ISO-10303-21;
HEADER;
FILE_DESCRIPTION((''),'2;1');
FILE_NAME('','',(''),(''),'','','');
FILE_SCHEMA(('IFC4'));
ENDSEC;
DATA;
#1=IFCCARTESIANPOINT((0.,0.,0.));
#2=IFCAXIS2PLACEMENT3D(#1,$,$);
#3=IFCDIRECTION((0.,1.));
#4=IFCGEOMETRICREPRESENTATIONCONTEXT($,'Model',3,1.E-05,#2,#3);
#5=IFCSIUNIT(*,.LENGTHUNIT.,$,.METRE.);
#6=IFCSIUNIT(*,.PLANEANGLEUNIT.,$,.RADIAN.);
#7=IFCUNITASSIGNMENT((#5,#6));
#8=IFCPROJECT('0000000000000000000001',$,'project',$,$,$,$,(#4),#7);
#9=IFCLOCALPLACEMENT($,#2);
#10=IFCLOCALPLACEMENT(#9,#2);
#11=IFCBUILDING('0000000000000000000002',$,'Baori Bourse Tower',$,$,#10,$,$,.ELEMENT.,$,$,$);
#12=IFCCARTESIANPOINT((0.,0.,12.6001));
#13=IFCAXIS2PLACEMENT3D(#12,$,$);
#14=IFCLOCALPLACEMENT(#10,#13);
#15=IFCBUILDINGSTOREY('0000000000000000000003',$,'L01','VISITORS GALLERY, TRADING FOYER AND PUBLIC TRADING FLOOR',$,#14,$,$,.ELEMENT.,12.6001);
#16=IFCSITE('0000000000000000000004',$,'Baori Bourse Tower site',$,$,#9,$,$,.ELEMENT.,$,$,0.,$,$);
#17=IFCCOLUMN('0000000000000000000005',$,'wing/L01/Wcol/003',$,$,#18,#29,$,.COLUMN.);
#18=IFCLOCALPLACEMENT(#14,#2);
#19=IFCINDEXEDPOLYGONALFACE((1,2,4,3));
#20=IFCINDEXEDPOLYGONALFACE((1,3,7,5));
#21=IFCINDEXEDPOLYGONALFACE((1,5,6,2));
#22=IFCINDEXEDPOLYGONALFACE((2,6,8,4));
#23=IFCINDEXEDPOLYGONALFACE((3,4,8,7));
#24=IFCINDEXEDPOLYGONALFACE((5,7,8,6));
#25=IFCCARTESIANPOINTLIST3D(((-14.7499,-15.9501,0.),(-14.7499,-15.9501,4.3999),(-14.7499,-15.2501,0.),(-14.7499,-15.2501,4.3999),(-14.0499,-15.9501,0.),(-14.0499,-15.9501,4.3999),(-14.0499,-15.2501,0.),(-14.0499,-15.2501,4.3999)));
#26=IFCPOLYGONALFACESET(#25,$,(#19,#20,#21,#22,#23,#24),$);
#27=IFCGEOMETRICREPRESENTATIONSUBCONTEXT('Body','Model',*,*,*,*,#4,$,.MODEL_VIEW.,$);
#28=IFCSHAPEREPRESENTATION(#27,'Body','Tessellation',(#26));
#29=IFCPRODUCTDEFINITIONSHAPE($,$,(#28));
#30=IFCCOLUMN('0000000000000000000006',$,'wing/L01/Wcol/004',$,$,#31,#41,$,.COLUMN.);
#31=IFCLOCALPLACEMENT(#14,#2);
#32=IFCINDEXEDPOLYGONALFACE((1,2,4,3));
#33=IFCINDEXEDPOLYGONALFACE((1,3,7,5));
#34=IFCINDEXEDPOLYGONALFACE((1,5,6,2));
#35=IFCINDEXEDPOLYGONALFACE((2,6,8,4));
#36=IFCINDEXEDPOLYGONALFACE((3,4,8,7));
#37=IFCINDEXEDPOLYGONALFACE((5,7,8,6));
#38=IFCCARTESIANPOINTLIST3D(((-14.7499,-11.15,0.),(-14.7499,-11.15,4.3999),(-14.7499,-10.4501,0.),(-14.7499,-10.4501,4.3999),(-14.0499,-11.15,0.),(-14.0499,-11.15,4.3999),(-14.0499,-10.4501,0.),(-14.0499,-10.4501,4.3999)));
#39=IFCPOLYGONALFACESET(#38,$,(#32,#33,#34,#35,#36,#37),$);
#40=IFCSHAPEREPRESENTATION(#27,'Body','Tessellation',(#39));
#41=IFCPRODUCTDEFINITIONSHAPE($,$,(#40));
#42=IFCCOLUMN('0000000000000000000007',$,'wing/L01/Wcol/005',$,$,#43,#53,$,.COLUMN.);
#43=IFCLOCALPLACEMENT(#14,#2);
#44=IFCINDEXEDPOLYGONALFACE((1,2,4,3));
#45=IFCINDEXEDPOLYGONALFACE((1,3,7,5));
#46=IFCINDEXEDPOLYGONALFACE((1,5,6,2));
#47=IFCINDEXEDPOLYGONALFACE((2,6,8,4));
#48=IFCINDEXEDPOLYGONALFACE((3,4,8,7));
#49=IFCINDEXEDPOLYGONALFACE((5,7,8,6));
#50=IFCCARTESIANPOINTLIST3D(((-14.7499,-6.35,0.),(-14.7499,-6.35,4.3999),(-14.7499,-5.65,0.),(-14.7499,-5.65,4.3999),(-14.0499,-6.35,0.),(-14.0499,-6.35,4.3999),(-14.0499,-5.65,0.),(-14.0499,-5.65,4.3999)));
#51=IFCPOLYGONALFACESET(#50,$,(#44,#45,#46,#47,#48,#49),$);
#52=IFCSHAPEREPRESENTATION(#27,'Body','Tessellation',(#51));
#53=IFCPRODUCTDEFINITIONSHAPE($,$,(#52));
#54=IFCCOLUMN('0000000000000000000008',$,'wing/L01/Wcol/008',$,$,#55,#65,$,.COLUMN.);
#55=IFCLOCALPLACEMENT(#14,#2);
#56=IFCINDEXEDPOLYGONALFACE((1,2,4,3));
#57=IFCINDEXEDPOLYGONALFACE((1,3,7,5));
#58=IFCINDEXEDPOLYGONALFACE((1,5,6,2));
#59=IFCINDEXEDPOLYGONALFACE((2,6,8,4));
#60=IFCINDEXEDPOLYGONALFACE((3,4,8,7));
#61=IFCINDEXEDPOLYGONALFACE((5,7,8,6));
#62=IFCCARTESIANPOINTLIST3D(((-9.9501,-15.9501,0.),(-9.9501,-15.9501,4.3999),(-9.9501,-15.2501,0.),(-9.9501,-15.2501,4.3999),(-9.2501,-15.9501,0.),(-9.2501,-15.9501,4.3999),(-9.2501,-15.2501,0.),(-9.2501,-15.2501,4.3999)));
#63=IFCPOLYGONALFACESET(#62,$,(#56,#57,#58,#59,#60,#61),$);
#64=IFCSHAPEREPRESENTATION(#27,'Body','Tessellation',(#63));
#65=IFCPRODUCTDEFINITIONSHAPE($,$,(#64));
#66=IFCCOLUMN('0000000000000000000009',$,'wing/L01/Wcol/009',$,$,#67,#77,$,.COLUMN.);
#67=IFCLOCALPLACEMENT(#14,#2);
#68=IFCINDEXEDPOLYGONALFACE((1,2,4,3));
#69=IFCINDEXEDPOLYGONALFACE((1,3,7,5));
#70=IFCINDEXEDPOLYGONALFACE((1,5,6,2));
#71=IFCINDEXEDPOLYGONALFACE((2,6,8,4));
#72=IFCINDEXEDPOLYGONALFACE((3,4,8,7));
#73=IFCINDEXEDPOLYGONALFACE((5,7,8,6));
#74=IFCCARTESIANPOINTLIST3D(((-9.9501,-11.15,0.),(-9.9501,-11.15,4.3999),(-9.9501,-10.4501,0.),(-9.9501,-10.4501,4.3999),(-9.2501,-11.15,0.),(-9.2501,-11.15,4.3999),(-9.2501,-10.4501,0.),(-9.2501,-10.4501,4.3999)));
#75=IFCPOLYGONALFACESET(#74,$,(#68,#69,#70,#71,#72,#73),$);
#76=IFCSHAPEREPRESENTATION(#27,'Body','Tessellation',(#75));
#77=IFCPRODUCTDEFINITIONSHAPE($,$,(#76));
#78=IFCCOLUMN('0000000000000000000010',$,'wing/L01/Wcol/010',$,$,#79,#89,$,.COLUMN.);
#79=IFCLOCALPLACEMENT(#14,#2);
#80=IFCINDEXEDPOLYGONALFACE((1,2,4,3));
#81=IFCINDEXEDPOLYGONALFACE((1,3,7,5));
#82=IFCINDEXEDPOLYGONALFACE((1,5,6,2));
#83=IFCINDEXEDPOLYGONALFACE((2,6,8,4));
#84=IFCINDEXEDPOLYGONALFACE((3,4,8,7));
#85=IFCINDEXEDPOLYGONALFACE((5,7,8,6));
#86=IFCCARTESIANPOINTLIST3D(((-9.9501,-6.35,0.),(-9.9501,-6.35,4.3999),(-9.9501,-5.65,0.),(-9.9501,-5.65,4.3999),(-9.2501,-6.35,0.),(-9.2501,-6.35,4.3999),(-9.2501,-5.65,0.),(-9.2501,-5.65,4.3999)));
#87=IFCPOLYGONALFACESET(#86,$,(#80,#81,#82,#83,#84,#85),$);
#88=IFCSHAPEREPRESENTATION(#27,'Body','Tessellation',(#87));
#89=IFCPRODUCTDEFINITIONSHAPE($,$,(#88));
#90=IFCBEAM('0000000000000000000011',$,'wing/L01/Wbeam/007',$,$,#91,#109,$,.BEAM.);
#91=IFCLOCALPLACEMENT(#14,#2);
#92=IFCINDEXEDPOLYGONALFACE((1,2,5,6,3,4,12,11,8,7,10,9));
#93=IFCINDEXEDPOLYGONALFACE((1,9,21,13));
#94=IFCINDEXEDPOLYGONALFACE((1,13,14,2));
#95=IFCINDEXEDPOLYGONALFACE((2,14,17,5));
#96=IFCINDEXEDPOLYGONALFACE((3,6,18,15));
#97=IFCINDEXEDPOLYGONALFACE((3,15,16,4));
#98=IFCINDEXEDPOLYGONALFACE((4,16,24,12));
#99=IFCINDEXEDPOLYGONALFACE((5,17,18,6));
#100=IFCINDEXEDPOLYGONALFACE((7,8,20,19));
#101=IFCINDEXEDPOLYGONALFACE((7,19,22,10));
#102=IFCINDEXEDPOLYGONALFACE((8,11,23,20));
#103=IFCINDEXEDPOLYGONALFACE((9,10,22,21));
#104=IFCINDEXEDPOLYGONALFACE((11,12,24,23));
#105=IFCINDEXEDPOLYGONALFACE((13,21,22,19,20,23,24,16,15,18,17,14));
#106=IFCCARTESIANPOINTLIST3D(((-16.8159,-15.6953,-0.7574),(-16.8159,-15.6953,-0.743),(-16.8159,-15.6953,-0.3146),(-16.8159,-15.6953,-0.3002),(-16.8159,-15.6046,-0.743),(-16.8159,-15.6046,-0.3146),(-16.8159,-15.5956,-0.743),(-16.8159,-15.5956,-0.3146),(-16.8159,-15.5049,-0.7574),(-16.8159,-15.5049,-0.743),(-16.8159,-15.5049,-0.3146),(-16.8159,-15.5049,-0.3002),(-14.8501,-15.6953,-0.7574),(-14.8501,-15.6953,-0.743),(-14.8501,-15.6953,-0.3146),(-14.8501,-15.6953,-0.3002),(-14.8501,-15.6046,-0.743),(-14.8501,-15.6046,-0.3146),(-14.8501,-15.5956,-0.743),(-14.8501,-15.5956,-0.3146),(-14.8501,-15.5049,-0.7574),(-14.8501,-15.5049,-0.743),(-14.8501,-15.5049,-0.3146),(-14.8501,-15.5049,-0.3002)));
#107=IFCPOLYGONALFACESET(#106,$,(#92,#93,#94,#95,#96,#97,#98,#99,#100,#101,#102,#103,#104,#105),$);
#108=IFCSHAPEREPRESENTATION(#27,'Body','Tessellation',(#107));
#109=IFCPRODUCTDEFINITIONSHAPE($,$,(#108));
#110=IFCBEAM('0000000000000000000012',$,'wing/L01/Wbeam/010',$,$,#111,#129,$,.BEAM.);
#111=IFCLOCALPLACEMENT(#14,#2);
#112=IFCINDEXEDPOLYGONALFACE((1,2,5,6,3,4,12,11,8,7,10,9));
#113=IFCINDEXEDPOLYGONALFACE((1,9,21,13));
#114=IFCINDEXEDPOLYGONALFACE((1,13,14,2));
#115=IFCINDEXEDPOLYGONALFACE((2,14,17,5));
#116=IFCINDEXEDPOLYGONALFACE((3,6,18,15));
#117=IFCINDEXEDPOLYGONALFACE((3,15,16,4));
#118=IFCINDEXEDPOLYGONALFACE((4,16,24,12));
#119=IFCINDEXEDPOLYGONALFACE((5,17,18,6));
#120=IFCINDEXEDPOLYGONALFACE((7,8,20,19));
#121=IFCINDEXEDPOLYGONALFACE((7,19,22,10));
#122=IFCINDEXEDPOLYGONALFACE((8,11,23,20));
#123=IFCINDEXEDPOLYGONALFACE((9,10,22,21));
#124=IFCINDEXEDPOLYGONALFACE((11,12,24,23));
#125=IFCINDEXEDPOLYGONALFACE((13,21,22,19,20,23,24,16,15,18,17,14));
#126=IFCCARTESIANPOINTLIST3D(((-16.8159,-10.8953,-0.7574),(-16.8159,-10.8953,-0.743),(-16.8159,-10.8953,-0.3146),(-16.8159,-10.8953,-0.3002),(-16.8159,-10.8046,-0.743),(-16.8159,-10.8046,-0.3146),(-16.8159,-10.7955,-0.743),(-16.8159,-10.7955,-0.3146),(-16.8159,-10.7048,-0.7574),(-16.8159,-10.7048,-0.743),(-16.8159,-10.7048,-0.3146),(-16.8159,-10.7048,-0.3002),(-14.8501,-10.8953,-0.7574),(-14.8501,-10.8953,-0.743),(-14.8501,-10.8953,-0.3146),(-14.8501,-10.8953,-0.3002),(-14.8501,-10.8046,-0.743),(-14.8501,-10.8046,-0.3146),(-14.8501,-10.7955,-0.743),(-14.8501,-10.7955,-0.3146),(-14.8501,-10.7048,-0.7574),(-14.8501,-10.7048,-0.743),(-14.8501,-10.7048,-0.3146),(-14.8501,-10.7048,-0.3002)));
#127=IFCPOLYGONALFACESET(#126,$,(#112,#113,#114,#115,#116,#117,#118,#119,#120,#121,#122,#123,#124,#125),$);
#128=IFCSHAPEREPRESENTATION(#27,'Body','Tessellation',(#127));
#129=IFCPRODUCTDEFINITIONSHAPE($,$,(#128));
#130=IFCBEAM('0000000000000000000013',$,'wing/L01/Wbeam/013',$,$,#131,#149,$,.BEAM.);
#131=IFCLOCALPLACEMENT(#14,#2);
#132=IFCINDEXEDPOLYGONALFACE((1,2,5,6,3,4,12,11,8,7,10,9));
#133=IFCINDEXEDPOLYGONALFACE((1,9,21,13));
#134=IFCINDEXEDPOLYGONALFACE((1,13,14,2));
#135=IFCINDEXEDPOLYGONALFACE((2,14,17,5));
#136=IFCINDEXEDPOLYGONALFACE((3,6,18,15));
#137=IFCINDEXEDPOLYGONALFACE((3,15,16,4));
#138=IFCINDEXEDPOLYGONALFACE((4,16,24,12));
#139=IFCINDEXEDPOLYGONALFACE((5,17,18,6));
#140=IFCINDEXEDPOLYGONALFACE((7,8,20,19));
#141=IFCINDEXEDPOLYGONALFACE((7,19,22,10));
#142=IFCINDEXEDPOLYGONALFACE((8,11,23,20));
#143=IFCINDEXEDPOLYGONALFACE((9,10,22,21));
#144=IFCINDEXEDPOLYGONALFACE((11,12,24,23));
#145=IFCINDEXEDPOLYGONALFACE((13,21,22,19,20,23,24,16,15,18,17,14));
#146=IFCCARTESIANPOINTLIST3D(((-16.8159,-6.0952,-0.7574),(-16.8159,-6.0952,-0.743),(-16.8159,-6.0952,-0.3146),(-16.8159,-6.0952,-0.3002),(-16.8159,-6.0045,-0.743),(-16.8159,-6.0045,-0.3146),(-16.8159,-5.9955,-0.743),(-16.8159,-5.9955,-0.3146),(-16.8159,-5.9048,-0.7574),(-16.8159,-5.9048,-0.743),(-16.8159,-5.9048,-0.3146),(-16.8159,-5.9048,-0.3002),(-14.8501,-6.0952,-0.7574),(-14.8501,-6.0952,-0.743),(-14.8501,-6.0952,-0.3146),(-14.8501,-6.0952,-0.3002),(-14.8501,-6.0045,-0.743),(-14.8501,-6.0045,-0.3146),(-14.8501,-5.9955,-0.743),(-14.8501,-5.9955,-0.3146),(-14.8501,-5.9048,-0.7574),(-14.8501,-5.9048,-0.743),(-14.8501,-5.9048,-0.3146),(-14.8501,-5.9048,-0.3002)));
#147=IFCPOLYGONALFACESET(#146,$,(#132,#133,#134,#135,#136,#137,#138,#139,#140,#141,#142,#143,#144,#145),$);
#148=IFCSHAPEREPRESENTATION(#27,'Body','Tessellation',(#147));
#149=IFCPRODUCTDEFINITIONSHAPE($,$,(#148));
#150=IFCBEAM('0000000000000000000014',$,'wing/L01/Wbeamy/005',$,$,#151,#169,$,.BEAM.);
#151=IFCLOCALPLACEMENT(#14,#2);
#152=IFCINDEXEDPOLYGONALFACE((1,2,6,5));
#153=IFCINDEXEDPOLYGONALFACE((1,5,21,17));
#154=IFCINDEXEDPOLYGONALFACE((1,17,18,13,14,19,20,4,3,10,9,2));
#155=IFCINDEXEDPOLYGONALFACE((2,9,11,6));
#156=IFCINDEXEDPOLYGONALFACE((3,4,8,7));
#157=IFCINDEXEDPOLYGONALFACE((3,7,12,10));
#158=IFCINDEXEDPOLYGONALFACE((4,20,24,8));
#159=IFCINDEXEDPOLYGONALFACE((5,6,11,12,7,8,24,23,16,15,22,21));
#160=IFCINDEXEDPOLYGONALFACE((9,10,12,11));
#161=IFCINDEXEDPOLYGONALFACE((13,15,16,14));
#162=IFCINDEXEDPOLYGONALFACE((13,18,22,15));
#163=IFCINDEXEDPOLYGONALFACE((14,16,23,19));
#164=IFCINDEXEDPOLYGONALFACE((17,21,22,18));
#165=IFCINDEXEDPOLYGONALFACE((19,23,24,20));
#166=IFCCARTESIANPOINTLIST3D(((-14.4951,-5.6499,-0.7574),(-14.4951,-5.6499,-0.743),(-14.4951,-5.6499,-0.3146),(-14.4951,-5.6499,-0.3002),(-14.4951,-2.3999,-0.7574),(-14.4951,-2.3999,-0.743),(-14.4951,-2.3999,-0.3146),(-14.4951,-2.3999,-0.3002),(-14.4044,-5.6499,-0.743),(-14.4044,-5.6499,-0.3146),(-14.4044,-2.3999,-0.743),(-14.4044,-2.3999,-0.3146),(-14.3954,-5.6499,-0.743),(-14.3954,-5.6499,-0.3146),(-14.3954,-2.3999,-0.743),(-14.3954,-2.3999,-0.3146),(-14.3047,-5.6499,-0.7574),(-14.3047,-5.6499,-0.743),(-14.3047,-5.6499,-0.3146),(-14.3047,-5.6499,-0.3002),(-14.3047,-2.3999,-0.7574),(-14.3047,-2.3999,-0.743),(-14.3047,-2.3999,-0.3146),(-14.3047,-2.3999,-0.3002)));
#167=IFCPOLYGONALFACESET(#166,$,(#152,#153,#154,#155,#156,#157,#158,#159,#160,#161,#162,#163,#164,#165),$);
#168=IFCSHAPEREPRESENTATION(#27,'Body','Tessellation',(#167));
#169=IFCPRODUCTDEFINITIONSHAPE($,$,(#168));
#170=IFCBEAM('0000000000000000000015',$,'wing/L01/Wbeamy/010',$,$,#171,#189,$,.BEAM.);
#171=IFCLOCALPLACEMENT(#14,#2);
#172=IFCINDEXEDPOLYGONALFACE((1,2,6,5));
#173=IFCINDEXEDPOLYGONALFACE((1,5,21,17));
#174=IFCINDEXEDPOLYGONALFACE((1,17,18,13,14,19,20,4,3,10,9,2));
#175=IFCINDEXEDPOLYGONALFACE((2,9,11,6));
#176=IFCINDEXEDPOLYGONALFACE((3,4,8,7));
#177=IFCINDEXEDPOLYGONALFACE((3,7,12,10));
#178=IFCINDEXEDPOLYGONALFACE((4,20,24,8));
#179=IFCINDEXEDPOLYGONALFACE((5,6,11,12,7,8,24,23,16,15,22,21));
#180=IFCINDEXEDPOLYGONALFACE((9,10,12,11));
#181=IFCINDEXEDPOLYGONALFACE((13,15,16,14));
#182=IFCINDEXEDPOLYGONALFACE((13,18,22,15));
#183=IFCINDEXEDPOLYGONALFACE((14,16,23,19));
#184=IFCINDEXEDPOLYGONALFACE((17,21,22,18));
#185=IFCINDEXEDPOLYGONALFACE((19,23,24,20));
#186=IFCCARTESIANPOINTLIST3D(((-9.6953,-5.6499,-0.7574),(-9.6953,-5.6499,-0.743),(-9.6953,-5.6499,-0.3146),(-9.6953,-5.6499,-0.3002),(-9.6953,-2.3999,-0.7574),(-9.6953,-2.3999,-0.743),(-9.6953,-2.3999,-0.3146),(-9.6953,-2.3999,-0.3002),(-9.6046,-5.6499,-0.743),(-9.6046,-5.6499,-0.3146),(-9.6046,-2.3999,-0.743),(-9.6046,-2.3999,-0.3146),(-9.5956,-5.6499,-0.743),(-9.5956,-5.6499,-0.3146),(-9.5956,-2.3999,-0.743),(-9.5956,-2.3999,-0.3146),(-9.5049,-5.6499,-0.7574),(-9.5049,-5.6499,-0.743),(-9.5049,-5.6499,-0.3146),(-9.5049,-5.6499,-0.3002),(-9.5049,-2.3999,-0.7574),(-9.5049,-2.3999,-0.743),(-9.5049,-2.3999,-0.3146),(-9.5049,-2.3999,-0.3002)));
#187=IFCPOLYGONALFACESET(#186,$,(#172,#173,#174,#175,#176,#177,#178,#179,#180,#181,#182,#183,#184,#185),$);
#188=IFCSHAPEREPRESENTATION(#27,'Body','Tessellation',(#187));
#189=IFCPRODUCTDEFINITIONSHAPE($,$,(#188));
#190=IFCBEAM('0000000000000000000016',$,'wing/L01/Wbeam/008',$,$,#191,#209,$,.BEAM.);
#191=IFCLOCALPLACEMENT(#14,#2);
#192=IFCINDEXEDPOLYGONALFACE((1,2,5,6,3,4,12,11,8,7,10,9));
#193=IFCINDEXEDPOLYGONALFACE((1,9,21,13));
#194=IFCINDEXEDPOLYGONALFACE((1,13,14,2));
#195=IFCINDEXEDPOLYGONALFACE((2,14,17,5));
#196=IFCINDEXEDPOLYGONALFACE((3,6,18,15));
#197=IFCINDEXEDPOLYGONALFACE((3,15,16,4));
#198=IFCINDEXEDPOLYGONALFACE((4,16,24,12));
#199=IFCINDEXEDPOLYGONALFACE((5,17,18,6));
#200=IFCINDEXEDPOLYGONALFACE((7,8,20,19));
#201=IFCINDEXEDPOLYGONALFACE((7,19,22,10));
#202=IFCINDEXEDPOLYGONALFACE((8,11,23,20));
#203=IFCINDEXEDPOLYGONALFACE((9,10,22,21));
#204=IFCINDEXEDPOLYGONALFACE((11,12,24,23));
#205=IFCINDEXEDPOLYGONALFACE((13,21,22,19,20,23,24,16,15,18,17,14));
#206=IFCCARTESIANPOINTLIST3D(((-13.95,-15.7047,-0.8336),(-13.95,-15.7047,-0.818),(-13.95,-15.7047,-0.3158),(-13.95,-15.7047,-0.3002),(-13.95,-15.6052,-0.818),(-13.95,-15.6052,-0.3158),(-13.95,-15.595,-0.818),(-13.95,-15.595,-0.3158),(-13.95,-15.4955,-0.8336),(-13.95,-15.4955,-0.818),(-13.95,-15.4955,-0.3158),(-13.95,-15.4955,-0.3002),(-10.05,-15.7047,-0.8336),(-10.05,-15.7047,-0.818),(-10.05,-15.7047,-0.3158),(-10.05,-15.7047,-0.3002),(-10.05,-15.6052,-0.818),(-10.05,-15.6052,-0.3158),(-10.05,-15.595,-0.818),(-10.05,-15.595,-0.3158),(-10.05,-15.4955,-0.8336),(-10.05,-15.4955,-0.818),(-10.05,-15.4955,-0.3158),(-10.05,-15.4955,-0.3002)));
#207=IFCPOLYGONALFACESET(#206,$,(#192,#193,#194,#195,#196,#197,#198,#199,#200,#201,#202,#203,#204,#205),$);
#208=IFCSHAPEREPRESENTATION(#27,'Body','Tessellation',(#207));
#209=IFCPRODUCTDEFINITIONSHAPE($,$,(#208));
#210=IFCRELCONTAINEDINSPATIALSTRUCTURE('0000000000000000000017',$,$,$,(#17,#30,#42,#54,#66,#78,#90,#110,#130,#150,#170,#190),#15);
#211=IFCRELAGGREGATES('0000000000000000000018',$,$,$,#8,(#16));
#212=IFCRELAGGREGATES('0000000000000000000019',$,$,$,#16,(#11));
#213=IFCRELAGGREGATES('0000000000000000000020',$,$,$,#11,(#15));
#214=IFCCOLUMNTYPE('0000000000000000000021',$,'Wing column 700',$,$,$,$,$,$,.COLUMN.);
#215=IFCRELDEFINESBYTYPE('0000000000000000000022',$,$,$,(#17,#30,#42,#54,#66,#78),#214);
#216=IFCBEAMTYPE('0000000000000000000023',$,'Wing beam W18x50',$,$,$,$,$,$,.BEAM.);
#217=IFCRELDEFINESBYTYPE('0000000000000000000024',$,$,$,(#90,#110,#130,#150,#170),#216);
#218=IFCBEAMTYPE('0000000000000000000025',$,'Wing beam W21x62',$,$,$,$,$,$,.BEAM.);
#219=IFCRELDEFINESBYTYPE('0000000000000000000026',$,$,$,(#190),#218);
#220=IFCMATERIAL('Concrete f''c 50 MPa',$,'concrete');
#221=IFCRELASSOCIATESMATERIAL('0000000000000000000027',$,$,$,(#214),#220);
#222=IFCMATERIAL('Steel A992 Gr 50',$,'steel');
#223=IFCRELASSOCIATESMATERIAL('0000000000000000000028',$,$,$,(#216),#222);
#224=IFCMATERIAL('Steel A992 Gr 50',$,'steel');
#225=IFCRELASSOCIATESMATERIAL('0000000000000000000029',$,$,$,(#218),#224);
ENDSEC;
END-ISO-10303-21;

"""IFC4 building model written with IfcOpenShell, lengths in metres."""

from ifc_helpers import new_model, si_unit, direction, frame, origin, origin_2d, place, context, subcontext, project, spatial, rectangle, i_section, extrude, material, material_profile, profile_set, type_object, element, save


model = new_model("IFC4")

# Units and contexts
model_context = context("Model", 3, precision=1e-05, world=origin(), true_north=direction((0.0, 1.0)))
body_context = subcontext(model_context, "Body", "Model", "MODEL_VIEW")
ifc_project = project(units=[si_unit("LENGTHUNIT", "METRE"), si_unit("PLANEANGLEUNIT", "RADIAN")], contexts=[model_context])

# Site, building, storey
site_placement = place(None, origin())
site = spatial("IfcSite", under=ifc_project, at=site_placement, Name="Baori Bourse Tower site", CompositionType="ELEMENT", RefElevation=0.0)
building_placement = place(site_placement, origin())
building = spatial("IfcBuilding", under=site, at=building_placement, Name="Baori Bourse Tower", CompositionType="ELEMENT")
storey_placement = place(building_placement, frame((0.0, 0.0, 12.6001)))
storey = spatial("IfcBuildingStorey", under=building, at=storey_placement, Name="L01", Description="VISITORS GALLERY, TRADING FOYER AND PUBLIC TRADING FLOOR", CompositionType="ELEMENT", Elevation=12.6001)

# Columns
ifc_material_1 = material(Name="Concrete f'c 50 MPa", Category="concrete")
ifc_material_profile_1 = material_profile(ifc_material_1, rectangle(XDim=0.7, YDim=0.7, at=origin_2d()), Name="Wing column 700")
ifc_profile_set_1 = profile_set([ifc_material_profile_1], Name="Concrete f'c 50 MPa")
column_type = type_object("IfcColumnType", Name="Wing column 700", PredefinedType="COLUMN", material=ifc_profile_set_1)
for number, where, z_axis, x_axis, name in (
    (1, (-14.3999, -15.6001, 0.0), (0.0, 0.0, 1.0), (1.0, 0.0, 0.0), "wing/L01/Wcol/003"),
    (2, (-14.3999, -10.8, 0.0), (0.0, 0.0, 1.0), (1.0, 0.0, 0.0), "wing/L01/Wcol/004"),
    (3, (-14.3999, -6.0, 0.0), (0.0, 0.0, 1.0), (1.0, 0.0, 0.0), "wing/L01/Wcol/005"),
    (4, (-9.6001, -15.6001, 0.0), (0.0, 0.0, 1.0), (1.0, 0.0, 0.0), "wing/L01/Wcol/008"),
    (5, (-9.6001, -10.8, 0.0), (0.0, 0.0, 1.0), (1.0, 0.0, 0.0), "wing/L01/Wcol/009"),
    (6, (-9.6001, -6.0, 0.0), (0.0, 0.0, 1.0), (1.0, 0.0, 0.0), "wing/L01/Wcol/010"),
):
    element("IfcColumn", number, at=place(storey_placement, frame(where, z_axis=z_axis, x_axis=x_axis)), inside=storey, type_object=column_type, Name=name, PredefinedType="COLUMN", context=body_context, shape_type="SweptSolid", body=[
        extrude(rectangle(XDim=0.7, YDim=0.7, at=origin_2d()), origin(), (0.0, 0.0, 1.0), 4.3999),
    ])

# Beams
ifc_material_2 = material(Name="Steel A992 Gr 50", Category="steel")
ifc_material_profile_2 = material_profile(ifc_material_2, i_section(OverallWidth=0.1904, OverallDepth=0.4573, WebThickness=0.009, FlangeThickness=0.0144, at=origin_2d()), Name="W18x50")
ifc_profile_set_2 = profile_set([ifc_material_profile_2], Name="Steel A992 Gr 50")
beam_type_1 = type_object("IfcBeamType", Name="Wing beam W18x50", PredefinedType="BEAM", material=ifc_profile_set_2)
for number, where, z_axis, x_axis, name in (
    (7, (-16.8159, -15.6001, -0.5288), (1.0, 0.0, 0.0), (0.0, 1.0, 0.0), "wing/L01/Wbeam/007"),
    (8, (-16.8159, -10.8, -0.5288), (1.0, 0.0, 0.0), (0.0, 1.0, 0.0), "wing/L01/Wbeam/010"),
    (9, (-16.8159, -6.0, -0.5288), (1.0, 0.0, 0.0), (0.0, 1.0, 0.0), "wing/L01/Wbeam/013"),
):
    element("IfcBeam", number, at=place(storey_placement, frame(where, z_axis=z_axis, x_axis=x_axis)), inside=storey, type_object=beam_type_1, Name=name, PredefinedType="BEAM", context=body_context, shape_type="SweptSolid", body=[
        extrude(i_section(OverallWidth=0.1904, OverallDepth=0.4573, WebThickness=0.009, FlangeThickness=0.0144, at=origin_2d()), origin(), (0.0, 0.0, 1.0), 1.9658),
    ])
for number, where, z_axis, x_axis, name in (
    (10, (-14.3999, -5.6499, -0.5288), (0.0, 1.0, 0.0), (-1.0, 0.0, 0.0), "wing/L01/Wbeamy/005"),
    (11, (-9.6001, -5.6499, -0.5288), (0.0, 1.0, 0.0), (-1.0, 0.0, 0.0), "wing/L01/Wbeamy/010"),
):
    element("IfcBeam", number, at=place(storey_placement, frame(where, z_axis=z_axis, x_axis=x_axis)), inside=storey, type_object=beam_type_1, Name=name, PredefinedType="BEAM", context=body_context, shape_type="SweptSolid", body=[
        extrude(i_section(OverallWidth=0.1904, OverallDepth=0.4573, WebThickness=0.009, FlangeThickness=0.0144, at=origin_2d()), origin(), (0.0, 0.0, 1.0), 3.25),
    ])
ifc_material_3 = material(Name="Steel A992 Gr 50", Category="steel")
ifc_material_profile_3 = material_profile(ifc_material_3, i_section(OverallWidth=0.2092, OverallDepth=0.5334, WebThickness=0.0103, FlangeThickness=0.0156, at=origin_2d()), Name="W21x62")
ifc_profile_set_3 = profile_set([ifc_material_profile_3], Name="Steel A992 Gr 50")
beam_type_2 = type_object("IfcBeamType", Name="Wing beam W21x62", PredefinedType="BEAM", material=ifc_profile_set_3)
for number, where, z_axis, x_axis, name in (
    (12, (-13.95, -15.6001, -0.5669), (1.0, 0.0, 0.0), (0.0, 1.0, 0.0), "wing/L01/Wbeam/008"),
):
    element("IfcBeam", number, at=place(storey_placement, frame(where, z_axis=z_axis, x_axis=x_axis)), inside=storey, type_object=beam_type_2, Name=name, PredefinedType="BEAM", context=body_context, shape_type="SweptSolid", body=[
        extrude(i_section(OverallWidth=0.2092, OverallDepth=0.5334, WebThickness=0.0103, FlangeThickness=0.0156, at=origin_2d()), origin(), (0.0, 0.0, 1.0), 3.8999),
    ])

save(model, "model.ifc")
